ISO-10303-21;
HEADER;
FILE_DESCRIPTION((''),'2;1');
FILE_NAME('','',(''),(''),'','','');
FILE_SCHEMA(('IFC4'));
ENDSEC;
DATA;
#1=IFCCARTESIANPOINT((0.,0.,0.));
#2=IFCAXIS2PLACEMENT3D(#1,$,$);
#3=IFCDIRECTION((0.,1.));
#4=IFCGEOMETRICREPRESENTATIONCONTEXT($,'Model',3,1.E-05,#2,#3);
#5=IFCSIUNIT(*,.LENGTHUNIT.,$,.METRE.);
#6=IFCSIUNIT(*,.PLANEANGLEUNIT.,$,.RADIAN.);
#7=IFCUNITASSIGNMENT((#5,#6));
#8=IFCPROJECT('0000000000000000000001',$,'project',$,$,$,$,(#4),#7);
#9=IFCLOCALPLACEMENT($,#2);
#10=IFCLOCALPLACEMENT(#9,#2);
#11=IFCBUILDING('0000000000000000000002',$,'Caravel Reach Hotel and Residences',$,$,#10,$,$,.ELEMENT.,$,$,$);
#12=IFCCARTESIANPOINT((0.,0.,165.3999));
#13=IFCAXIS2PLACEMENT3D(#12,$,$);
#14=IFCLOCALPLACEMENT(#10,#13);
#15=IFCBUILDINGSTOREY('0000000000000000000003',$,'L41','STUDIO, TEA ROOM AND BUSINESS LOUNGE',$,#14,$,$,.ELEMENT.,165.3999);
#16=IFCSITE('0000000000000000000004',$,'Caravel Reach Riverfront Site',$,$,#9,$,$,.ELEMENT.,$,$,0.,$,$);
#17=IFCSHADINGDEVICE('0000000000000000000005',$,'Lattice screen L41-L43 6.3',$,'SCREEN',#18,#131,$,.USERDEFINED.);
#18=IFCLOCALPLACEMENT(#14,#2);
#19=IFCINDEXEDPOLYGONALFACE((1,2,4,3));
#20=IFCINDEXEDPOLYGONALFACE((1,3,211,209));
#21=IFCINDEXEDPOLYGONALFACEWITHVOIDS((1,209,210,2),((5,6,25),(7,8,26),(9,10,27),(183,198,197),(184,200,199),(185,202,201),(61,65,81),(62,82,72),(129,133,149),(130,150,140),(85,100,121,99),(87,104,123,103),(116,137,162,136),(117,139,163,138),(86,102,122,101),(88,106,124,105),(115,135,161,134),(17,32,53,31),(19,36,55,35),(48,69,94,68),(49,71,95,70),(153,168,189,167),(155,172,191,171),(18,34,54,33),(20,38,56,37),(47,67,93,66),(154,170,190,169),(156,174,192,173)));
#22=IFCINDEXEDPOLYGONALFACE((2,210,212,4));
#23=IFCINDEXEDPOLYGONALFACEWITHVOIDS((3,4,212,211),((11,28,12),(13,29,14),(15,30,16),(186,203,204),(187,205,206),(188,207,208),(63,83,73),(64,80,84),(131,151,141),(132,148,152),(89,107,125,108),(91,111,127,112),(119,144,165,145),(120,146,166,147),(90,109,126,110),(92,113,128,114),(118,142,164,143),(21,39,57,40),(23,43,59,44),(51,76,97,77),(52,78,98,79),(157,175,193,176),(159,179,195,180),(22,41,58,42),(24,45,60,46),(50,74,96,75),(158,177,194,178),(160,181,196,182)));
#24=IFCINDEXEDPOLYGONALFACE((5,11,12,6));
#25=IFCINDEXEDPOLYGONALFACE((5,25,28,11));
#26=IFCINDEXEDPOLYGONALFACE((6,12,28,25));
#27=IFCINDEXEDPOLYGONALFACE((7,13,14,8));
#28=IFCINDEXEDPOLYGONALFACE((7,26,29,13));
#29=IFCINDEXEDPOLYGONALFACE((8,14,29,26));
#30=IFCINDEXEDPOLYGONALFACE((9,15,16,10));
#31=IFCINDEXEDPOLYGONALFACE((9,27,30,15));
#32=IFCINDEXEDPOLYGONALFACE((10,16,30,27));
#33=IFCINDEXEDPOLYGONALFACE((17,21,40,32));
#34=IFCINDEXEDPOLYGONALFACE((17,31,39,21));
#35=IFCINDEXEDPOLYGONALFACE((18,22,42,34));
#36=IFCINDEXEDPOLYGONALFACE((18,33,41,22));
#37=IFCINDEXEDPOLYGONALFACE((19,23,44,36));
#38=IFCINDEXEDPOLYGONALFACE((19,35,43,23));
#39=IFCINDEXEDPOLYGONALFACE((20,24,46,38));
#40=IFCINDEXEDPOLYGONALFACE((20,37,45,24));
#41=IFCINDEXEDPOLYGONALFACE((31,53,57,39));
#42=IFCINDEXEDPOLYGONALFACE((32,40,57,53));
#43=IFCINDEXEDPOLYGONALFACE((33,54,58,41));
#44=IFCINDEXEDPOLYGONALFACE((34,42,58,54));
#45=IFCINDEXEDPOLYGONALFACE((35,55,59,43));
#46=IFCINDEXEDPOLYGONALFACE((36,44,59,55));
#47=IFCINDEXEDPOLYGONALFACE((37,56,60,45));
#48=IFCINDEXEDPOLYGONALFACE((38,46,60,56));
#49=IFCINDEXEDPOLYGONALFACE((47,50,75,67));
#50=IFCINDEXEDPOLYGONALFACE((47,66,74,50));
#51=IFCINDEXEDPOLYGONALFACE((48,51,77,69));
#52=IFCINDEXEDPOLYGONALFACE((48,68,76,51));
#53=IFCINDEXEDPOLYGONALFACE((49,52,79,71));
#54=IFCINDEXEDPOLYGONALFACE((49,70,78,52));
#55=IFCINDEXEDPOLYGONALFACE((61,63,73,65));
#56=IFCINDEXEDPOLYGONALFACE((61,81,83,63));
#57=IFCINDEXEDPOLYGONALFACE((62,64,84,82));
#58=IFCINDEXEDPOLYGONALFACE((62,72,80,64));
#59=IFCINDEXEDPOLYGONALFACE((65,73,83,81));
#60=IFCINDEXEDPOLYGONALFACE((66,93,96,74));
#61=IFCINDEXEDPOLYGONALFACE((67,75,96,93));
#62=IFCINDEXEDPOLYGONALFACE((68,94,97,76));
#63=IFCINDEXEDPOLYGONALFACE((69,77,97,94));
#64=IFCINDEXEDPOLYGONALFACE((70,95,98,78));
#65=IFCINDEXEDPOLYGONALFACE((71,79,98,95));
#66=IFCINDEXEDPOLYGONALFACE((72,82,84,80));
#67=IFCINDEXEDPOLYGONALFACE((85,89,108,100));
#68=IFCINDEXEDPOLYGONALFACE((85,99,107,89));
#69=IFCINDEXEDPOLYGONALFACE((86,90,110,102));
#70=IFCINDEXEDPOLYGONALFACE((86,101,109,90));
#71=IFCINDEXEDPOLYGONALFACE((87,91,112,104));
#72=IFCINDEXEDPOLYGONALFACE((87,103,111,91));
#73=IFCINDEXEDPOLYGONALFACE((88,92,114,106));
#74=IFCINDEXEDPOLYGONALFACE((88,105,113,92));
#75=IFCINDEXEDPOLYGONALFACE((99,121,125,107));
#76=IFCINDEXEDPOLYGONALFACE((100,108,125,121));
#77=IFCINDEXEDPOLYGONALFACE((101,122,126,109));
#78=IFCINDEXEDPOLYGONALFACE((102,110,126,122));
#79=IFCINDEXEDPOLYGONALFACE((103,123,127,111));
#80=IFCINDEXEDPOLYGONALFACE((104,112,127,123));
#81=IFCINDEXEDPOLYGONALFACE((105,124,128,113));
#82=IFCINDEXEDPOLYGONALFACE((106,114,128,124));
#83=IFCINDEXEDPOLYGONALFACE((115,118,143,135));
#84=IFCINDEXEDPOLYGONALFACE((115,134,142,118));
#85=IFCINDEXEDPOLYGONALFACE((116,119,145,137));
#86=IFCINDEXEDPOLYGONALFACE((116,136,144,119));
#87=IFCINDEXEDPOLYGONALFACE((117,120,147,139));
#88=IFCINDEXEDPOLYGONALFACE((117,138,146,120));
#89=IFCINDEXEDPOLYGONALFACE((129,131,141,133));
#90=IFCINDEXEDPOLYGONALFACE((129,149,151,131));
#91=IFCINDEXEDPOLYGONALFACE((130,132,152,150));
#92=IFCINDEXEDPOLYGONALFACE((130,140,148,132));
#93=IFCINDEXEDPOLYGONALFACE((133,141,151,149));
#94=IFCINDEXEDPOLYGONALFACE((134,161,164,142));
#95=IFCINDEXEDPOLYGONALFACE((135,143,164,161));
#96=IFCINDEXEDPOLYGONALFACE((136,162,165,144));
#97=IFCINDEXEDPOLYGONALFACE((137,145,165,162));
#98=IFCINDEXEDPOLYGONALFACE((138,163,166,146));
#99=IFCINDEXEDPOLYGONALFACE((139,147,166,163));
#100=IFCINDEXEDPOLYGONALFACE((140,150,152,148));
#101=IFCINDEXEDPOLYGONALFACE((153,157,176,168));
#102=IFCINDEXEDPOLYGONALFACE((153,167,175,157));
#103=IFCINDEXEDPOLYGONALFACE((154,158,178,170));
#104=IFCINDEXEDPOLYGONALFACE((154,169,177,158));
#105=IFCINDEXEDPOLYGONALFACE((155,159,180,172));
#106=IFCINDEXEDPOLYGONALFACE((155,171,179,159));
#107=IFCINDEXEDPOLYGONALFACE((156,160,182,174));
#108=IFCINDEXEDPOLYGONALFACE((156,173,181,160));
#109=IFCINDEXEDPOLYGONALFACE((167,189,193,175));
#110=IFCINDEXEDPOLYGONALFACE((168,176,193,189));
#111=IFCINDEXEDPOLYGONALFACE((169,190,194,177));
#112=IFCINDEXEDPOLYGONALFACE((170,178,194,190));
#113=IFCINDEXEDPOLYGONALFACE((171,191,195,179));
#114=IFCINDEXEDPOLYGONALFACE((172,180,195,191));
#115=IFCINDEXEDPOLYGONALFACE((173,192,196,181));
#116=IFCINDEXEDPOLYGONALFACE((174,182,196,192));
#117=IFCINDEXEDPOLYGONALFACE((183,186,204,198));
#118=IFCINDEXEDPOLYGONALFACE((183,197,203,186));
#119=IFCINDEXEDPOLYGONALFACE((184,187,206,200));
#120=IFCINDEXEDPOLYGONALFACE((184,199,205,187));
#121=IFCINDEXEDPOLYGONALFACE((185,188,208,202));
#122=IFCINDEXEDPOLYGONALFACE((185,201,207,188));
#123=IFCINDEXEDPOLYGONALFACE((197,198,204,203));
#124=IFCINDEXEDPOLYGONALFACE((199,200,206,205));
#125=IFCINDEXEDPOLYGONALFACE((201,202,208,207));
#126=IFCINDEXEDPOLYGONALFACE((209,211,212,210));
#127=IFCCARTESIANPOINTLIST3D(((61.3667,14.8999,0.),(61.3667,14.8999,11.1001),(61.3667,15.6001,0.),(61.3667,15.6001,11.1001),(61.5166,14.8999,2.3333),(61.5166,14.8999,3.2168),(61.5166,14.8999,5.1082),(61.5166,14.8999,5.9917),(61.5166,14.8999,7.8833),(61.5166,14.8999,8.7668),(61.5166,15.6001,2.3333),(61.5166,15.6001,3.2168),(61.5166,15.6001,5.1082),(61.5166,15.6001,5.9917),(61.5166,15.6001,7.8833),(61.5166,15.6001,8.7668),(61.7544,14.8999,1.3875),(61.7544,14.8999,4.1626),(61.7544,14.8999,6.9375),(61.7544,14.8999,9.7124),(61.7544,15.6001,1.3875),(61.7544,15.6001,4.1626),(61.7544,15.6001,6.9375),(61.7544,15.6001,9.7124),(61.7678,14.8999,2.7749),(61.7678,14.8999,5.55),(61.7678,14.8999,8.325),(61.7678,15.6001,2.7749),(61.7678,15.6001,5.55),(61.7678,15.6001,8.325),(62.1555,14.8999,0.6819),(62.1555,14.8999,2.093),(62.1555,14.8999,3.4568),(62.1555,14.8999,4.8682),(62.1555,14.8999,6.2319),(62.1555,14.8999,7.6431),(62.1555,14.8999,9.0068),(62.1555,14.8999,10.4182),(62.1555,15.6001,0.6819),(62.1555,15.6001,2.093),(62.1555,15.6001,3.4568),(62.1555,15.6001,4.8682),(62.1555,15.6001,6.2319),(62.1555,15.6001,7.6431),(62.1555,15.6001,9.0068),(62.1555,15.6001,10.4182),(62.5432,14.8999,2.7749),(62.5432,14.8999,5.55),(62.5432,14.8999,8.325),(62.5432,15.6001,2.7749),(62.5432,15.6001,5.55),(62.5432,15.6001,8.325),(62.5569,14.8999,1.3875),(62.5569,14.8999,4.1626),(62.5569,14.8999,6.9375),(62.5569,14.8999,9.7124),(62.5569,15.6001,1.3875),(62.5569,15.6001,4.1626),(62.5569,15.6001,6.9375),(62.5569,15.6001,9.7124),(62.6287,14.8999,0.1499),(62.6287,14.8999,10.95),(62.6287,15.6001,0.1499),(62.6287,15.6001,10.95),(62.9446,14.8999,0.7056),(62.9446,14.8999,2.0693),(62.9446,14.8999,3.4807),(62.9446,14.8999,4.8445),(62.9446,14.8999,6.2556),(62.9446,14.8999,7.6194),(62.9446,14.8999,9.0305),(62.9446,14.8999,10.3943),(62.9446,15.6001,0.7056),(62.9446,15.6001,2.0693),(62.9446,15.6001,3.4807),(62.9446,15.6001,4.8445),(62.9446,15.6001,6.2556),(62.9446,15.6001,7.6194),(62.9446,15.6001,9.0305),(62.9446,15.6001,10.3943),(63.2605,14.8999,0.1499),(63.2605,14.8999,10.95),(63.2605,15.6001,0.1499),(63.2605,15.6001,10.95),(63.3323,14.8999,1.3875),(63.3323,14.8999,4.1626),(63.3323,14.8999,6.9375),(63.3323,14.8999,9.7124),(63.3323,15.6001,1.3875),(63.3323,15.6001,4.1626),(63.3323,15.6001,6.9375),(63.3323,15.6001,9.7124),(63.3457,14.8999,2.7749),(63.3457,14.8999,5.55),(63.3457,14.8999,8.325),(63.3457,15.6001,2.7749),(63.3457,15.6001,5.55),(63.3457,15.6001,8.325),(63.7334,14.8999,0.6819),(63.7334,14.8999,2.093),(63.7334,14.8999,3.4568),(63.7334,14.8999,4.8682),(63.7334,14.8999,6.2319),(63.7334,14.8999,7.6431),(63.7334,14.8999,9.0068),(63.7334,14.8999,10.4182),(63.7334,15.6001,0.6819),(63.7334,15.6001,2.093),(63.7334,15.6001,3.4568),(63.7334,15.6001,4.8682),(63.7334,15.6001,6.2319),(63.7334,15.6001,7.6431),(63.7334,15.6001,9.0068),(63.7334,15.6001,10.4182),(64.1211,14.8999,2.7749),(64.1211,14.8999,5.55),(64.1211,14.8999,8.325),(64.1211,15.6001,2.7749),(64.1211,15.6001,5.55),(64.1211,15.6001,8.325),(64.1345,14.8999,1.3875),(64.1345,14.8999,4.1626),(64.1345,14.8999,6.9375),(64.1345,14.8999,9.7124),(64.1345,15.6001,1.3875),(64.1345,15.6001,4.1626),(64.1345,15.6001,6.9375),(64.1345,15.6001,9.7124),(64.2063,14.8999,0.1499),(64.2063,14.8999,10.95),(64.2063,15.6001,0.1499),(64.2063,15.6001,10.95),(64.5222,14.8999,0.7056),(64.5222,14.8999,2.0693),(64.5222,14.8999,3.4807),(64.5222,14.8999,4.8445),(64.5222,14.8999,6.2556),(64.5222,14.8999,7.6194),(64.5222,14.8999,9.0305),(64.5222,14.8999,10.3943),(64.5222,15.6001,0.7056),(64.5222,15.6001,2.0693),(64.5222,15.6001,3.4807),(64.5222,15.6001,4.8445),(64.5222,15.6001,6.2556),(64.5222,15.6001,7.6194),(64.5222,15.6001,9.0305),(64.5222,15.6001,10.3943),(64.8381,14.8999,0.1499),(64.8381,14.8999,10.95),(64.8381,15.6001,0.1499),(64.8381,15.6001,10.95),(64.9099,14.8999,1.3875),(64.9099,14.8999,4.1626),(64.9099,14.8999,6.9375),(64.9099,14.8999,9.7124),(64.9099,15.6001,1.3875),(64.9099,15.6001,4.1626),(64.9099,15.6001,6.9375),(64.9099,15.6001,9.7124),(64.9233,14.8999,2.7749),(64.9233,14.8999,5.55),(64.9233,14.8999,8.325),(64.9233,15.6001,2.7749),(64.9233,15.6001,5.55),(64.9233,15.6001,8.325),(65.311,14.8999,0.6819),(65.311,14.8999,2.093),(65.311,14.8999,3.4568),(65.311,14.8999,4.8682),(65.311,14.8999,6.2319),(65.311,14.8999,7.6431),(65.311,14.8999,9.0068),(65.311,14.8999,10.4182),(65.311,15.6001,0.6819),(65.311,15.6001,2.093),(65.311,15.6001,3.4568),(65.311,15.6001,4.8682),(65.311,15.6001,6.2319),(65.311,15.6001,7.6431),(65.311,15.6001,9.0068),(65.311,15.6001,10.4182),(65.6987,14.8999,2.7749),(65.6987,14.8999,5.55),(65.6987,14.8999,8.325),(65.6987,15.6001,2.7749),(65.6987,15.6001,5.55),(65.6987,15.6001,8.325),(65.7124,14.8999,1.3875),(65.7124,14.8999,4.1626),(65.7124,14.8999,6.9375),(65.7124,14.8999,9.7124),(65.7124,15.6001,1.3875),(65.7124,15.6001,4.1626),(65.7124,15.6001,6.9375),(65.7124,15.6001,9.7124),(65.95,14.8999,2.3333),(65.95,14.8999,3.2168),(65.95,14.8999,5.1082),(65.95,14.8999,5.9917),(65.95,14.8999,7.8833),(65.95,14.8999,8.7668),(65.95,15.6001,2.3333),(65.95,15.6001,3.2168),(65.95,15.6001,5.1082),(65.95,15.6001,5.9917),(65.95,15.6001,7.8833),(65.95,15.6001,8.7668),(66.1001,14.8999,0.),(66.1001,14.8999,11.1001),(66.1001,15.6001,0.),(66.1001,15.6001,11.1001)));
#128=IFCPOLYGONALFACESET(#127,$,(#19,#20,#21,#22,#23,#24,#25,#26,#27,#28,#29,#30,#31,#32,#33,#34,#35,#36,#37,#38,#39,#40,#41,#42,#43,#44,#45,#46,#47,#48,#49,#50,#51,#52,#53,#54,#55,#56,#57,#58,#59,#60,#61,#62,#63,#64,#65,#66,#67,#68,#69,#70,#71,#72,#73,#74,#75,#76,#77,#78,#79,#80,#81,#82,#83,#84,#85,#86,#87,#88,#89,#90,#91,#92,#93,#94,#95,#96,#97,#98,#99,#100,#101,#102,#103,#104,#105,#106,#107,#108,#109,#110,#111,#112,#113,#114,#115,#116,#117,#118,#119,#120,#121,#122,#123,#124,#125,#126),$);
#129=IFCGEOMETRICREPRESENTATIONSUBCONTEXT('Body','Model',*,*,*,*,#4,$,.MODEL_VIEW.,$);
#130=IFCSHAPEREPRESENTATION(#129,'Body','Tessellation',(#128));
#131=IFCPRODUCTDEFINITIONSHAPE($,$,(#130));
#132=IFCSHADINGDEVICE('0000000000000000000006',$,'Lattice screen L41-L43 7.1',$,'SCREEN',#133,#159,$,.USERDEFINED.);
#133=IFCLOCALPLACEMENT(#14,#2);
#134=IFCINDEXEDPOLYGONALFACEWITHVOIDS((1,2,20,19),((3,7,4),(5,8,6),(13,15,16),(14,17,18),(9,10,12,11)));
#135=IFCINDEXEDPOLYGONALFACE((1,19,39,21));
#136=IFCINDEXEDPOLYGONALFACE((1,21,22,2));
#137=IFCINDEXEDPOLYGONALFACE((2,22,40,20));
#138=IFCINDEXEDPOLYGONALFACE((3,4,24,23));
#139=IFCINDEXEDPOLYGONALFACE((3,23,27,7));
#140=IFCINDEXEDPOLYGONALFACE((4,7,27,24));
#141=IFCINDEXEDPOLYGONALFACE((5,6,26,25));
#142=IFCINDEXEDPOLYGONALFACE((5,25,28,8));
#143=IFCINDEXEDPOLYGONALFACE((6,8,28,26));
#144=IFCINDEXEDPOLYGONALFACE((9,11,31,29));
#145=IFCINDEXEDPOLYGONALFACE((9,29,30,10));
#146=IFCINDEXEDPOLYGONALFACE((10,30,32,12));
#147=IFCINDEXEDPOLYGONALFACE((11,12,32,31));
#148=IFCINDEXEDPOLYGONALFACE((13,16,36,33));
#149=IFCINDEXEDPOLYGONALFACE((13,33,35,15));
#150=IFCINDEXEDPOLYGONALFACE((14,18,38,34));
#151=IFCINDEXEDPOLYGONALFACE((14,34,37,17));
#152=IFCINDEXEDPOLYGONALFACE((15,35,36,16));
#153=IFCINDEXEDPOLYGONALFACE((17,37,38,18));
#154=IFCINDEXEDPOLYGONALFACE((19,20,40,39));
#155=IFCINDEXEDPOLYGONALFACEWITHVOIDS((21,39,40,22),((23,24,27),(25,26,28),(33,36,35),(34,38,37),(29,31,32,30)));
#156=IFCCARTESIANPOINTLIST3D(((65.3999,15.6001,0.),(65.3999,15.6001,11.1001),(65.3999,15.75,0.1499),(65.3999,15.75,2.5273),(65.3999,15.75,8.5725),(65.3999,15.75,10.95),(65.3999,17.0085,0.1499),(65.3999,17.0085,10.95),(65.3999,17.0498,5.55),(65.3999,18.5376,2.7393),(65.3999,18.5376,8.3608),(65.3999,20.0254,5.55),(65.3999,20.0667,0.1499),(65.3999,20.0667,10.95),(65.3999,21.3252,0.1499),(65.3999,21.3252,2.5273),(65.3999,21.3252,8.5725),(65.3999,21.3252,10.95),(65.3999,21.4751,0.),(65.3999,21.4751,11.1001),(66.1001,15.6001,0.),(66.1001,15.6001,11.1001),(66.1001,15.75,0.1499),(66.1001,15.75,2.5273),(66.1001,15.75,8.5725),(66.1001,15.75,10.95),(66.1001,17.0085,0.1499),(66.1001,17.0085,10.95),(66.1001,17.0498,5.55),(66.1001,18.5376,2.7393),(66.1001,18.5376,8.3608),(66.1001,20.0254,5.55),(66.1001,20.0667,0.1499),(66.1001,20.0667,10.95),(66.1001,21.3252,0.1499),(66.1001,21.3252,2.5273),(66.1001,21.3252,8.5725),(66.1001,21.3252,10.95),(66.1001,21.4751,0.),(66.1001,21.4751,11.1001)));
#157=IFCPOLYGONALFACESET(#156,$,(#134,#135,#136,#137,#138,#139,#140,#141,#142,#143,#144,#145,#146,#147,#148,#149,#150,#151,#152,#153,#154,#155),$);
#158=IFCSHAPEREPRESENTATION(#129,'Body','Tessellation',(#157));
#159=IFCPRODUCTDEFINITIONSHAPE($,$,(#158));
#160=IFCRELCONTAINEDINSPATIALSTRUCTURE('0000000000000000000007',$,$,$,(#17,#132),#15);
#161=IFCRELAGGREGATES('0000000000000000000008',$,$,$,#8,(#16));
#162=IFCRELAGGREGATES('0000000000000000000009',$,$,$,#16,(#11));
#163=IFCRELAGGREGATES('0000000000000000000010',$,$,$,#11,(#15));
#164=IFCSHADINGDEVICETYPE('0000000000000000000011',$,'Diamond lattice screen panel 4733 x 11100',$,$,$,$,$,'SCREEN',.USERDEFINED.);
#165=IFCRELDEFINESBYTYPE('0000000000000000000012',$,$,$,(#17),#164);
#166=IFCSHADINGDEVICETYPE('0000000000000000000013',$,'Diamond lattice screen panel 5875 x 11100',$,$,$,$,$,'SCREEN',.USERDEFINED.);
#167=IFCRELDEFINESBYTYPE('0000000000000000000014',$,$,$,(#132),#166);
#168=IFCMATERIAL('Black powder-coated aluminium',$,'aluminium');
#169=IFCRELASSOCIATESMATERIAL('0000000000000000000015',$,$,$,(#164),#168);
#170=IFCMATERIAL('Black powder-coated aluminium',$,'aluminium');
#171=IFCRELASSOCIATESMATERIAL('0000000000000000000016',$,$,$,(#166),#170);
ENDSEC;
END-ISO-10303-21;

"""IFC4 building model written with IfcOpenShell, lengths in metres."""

from ifc_helpers import new_model, si_unit, direction, frame, origin, place, context, subcontext, project, spatial, polyline, outline, extrude, material, type_object, element, save


model = new_model("IFC4")

# Units and contexts
model_context = context("Model", 3, precision=1e-05, world=origin(), true_north=direction((0.0, 1.0)))
body_context = subcontext(model_context, "Body", "Model", "MODEL_VIEW")
ifc_project = project(units=[si_unit("LENGTHUNIT", "METRE"), si_unit("PLANEANGLEUNIT", "RADIAN")], contexts=[model_context])

# Site, building, storey
site_placement = place(None, origin())
site = spatial("IfcSite", under=ifc_project, at=site_placement, Name="Caravel Reach Riverfront Site", CompositionType="ELEMENT", RefElevation=0.0)
building_placement = place(site_placement, origin())
building = spatial("IfcBuilding", under=site, at=building_placement, Name="Caravel Reach Hotel and Residences", CompositionType="ELEMENT")
storey_placement = place(building_placement, frame((0.0, 0.0, 165.3999)))
storey = spatial("IfcBuildingStorey", under=building, at=storey_placement, Name="L41", Description="STUDIO, TEA ROOM AND BUSINESS LOUNGE", CompositionType="ELEMENT", Elevation=165.3999)

# Shading devices
ifc_material_1 = material(Name="Black powder-coated aluminium", Category="aluminium")
shading_device_type_1 = type_object("IfcShadingDeviceType", Name="Diamond lattice screen panel 4733 x 11100", ElementType="SCREEN", PredefinedType="USERDEFINED", material=ifc_material_1)
shading_device_1_placement = place(storey_placement, frame((61.3667, 15.6001, 0.0), z_axis=(0.0, -1.0, 0.0), x_axis=(1.0, 0.0, 0.0)))
element("IfcShadingDevice", 1, at=shading_device_1_placement, inside=storey, type_object=shading_device_type_1, Name="Lattice screen L41-L43 6.3", ObjectType="SCREEN", PredefinedType="USERDEFINED", context=body_context, shape_type="SweptSolid", body=[
    extrude(outline(polyline([(0.0, 0.0), (4.7334, 0.0), (4.7334, 11.1001), (0.0, 11.1001), (0.0, 0.0)]), holes=[polyline([(0.4011, 2.7749), (0.1499, 3.2168), (0.1499, 2.3333), (0.4011, 2.7749)]), polyline([(0.4011, 5.55), (0.1499, 5.9917), (0.1499, 5.1082), (0.4011, 5.55)]), polyline([(0.4011, 8.325), (0.1499, 8.7668), (0.1499, 7.8833), (0.4011, 8.325)]), polyline([(0.7888, 2.093), (0.3877, 1.3875), (0.7888, 0.6819), (1.1902, 1.3875), (0.7888, 2.093)]), polyline([(0.7888, 4.8682), (0.3877, 4.1626), (0.7888, 3.4568), (1.1902, 4.1626), (0.7888, 4.8682)]), polyline([(0.7888, 7.6431), (0.3877, 6.9375), (0.7888, 6.2319), (1.1902, 6.9375), (0.7888, 7.6431)]), polyline([(0.7888, 10.4182), (0.3877, 9.7124), (0.7888, 9.0068), (1.1902, 9.7124), (0.7888, 10.4182)]), polyline([(1.5779, 0.7056), (1.262, 0.1499), (1.8938, 0.1499), (1.5779, 0.7056)]), polyline([(1.5779, 3.4807), (1.1765, 2.7749), (1.5779, 2.0693), (1.979, 2.7749), (1.5779, 3.4807)]), polyline([(1.5779, 6.2556), (1.1765, 5.55), (1.5779, 4.8445), (1.979, 5.55), (1.5779, 6.2556)]), polyline([(1.5779, 9.0305), (1.1765, 8.325), (1.5779, 7.6194), (1.979, 8.325), (1.5779, 9.0305)]), polyline([(1.5779, 10.3943), (1.8938, 10.95), (1.262, 10.95), (1.5779, 10.3943)]), polyline([(2.3667, 2.093), (1.9656, 1.3875), (2.3667, 0.6819), (2.7678, 1.3875), (2.3667, 2.093)]), polyline([(2.3667, 4.8682), (1.9656, 4.1626), (2.3667, 3.4568), (2.7678, 4.1626), (2.3667, 4.8682)]), polyline([(2.3667, 7.6431), (1.9656, 6.9375), (2.3667, 6.2319), (2.7678, 6.9375), (2.3667, 7.6431)]), polyline([(2.3667, 10.4182), (1.9656, 9.7124), (2.3667, 9.0068), (2.7678, 9.7124), (2.3667, 10.4182)]), polyline([(3.1555, 0.7056), (2.8396, 0.1499), (3.4714, 0.1499), (3.1555, 0.7056)]), polyline([(3.1555, 3.4807), (2.7544, 2.7749), (3.1555, 2.0693), (3.5566, 2.7749), (3.1555, 3.4807)]), polyline([(3.1555, 6.2556), (2.7544, 5.55), (3.1555, 4.8445), (3.5566, 5.55), (3.1555, 6.2556)]), polyline([(3.1555, 9.0305), (2.7544, 8.325), (3.1555, 7.6194), (3.5566, 8.325), (3.1555, 9.0305)]), polyline([(3.1555, 10.3943), (3.4714, 10.95), (2.8396, 10.95), (3.1555, 10.3943)]), polyline([(3.9443, 2.093), (3.5432, 1.3875), (3.9443, 0.6819), (4.3457, 1.3875), (3.9443, 2.093)]), polyline([(3.9443, 4.8682), (3.5432, 4.1626), (3.9443, 3.4568), (4.3457, 4.1626), (3.9443, 4.8682)]), polyline([(3.9443, 7.6431), (3.5432, 6.9375), (3.9443, 6.2319), (4.3457, 6.9375), (3.9443, 7.6431)]), polyline([(3.9443, 10.4182), (3.5432, 9.7124), (3.9443, 9.0068), (4.3457, 9.7124), (3.9443, 10.4182)]), polyline([(4.332, 2.7749), (4.5833, 2.3333), (4.5833, 3.2168), (4.332, 2.7749)]), polyline([(4.332, 5.55), (4.5833, 5.1082), (4.5833, 5.9917), (4.332, 5.55)]), polyline([(4.332, 8.325), (4.5833, 7.8833), (4.5833, 8.7668), (4.332, 8.325)])]), origin(), (0.0, 0.0, 1.0), 0.7002),
])
ifc_material_2 = material(Name="Black powder-coated aluminium", Category="aluminium")
shading_device_type_2 = type_object("IfcShadingDeviceType", Name="Diamond lattice screen panel 5875 x 11100", ElementType="SCREEN", PredefinedType="USERDEFINED", material=ifc_material_2)
for number, where, z_axis, x_axis, name in (
    (2, (65.3999, 15.6001, 0.0), (1.0, 0.0, 0.0), (0.0, 1.0, 0.0), "Lattice screen L41-L43 7.1"),
):
    element("IfcShadingDevice", number, at=place(storey_placement, frame(where, z_axis=z_axis, x_axis=x_axis)), inside=storey, type_object=shading_device_type_2, Name=name, ObjectType="SCREEN", PredefinedType="USERDEFINED", context=body_context, shape_type="SweptSolid", body=[
        extrude(outline(polyline([(0.0, 0.0), (5.875, 0.0), (5.875, 11.1001), (0.0, 11.1001), (0.0, 0.0)]), holes=[polyline([(1.4084, 0.1499), (0.1499, 2.5273), (0.1499, 0.1499), (1.4084, 0.1499)]), polyline([(0.1499, 8.5725), (1.4084, 10.95), (0.1499, 10.95), (0.1499, 8.5725)]), polyline([(2.9375, 8.3608), (1.4497, 5.55), (2.9375, 2.7393), (4.4253, 5.55), (2.9375, 8.3608)]), polyline([(5.7251, 2.5273), (4.4666, 0.1499), (5.7251, 0.1499), (5.7251, 2.5273)]), polyline([(4.4666, 10.95), (5.7251, 8.5725), (5.7251, 10.95), (4.4666, 10.95)])]), origin(), (0.0, 0.0, 1.0), 0.7002),
    ])

save(model, "model.ifc")
